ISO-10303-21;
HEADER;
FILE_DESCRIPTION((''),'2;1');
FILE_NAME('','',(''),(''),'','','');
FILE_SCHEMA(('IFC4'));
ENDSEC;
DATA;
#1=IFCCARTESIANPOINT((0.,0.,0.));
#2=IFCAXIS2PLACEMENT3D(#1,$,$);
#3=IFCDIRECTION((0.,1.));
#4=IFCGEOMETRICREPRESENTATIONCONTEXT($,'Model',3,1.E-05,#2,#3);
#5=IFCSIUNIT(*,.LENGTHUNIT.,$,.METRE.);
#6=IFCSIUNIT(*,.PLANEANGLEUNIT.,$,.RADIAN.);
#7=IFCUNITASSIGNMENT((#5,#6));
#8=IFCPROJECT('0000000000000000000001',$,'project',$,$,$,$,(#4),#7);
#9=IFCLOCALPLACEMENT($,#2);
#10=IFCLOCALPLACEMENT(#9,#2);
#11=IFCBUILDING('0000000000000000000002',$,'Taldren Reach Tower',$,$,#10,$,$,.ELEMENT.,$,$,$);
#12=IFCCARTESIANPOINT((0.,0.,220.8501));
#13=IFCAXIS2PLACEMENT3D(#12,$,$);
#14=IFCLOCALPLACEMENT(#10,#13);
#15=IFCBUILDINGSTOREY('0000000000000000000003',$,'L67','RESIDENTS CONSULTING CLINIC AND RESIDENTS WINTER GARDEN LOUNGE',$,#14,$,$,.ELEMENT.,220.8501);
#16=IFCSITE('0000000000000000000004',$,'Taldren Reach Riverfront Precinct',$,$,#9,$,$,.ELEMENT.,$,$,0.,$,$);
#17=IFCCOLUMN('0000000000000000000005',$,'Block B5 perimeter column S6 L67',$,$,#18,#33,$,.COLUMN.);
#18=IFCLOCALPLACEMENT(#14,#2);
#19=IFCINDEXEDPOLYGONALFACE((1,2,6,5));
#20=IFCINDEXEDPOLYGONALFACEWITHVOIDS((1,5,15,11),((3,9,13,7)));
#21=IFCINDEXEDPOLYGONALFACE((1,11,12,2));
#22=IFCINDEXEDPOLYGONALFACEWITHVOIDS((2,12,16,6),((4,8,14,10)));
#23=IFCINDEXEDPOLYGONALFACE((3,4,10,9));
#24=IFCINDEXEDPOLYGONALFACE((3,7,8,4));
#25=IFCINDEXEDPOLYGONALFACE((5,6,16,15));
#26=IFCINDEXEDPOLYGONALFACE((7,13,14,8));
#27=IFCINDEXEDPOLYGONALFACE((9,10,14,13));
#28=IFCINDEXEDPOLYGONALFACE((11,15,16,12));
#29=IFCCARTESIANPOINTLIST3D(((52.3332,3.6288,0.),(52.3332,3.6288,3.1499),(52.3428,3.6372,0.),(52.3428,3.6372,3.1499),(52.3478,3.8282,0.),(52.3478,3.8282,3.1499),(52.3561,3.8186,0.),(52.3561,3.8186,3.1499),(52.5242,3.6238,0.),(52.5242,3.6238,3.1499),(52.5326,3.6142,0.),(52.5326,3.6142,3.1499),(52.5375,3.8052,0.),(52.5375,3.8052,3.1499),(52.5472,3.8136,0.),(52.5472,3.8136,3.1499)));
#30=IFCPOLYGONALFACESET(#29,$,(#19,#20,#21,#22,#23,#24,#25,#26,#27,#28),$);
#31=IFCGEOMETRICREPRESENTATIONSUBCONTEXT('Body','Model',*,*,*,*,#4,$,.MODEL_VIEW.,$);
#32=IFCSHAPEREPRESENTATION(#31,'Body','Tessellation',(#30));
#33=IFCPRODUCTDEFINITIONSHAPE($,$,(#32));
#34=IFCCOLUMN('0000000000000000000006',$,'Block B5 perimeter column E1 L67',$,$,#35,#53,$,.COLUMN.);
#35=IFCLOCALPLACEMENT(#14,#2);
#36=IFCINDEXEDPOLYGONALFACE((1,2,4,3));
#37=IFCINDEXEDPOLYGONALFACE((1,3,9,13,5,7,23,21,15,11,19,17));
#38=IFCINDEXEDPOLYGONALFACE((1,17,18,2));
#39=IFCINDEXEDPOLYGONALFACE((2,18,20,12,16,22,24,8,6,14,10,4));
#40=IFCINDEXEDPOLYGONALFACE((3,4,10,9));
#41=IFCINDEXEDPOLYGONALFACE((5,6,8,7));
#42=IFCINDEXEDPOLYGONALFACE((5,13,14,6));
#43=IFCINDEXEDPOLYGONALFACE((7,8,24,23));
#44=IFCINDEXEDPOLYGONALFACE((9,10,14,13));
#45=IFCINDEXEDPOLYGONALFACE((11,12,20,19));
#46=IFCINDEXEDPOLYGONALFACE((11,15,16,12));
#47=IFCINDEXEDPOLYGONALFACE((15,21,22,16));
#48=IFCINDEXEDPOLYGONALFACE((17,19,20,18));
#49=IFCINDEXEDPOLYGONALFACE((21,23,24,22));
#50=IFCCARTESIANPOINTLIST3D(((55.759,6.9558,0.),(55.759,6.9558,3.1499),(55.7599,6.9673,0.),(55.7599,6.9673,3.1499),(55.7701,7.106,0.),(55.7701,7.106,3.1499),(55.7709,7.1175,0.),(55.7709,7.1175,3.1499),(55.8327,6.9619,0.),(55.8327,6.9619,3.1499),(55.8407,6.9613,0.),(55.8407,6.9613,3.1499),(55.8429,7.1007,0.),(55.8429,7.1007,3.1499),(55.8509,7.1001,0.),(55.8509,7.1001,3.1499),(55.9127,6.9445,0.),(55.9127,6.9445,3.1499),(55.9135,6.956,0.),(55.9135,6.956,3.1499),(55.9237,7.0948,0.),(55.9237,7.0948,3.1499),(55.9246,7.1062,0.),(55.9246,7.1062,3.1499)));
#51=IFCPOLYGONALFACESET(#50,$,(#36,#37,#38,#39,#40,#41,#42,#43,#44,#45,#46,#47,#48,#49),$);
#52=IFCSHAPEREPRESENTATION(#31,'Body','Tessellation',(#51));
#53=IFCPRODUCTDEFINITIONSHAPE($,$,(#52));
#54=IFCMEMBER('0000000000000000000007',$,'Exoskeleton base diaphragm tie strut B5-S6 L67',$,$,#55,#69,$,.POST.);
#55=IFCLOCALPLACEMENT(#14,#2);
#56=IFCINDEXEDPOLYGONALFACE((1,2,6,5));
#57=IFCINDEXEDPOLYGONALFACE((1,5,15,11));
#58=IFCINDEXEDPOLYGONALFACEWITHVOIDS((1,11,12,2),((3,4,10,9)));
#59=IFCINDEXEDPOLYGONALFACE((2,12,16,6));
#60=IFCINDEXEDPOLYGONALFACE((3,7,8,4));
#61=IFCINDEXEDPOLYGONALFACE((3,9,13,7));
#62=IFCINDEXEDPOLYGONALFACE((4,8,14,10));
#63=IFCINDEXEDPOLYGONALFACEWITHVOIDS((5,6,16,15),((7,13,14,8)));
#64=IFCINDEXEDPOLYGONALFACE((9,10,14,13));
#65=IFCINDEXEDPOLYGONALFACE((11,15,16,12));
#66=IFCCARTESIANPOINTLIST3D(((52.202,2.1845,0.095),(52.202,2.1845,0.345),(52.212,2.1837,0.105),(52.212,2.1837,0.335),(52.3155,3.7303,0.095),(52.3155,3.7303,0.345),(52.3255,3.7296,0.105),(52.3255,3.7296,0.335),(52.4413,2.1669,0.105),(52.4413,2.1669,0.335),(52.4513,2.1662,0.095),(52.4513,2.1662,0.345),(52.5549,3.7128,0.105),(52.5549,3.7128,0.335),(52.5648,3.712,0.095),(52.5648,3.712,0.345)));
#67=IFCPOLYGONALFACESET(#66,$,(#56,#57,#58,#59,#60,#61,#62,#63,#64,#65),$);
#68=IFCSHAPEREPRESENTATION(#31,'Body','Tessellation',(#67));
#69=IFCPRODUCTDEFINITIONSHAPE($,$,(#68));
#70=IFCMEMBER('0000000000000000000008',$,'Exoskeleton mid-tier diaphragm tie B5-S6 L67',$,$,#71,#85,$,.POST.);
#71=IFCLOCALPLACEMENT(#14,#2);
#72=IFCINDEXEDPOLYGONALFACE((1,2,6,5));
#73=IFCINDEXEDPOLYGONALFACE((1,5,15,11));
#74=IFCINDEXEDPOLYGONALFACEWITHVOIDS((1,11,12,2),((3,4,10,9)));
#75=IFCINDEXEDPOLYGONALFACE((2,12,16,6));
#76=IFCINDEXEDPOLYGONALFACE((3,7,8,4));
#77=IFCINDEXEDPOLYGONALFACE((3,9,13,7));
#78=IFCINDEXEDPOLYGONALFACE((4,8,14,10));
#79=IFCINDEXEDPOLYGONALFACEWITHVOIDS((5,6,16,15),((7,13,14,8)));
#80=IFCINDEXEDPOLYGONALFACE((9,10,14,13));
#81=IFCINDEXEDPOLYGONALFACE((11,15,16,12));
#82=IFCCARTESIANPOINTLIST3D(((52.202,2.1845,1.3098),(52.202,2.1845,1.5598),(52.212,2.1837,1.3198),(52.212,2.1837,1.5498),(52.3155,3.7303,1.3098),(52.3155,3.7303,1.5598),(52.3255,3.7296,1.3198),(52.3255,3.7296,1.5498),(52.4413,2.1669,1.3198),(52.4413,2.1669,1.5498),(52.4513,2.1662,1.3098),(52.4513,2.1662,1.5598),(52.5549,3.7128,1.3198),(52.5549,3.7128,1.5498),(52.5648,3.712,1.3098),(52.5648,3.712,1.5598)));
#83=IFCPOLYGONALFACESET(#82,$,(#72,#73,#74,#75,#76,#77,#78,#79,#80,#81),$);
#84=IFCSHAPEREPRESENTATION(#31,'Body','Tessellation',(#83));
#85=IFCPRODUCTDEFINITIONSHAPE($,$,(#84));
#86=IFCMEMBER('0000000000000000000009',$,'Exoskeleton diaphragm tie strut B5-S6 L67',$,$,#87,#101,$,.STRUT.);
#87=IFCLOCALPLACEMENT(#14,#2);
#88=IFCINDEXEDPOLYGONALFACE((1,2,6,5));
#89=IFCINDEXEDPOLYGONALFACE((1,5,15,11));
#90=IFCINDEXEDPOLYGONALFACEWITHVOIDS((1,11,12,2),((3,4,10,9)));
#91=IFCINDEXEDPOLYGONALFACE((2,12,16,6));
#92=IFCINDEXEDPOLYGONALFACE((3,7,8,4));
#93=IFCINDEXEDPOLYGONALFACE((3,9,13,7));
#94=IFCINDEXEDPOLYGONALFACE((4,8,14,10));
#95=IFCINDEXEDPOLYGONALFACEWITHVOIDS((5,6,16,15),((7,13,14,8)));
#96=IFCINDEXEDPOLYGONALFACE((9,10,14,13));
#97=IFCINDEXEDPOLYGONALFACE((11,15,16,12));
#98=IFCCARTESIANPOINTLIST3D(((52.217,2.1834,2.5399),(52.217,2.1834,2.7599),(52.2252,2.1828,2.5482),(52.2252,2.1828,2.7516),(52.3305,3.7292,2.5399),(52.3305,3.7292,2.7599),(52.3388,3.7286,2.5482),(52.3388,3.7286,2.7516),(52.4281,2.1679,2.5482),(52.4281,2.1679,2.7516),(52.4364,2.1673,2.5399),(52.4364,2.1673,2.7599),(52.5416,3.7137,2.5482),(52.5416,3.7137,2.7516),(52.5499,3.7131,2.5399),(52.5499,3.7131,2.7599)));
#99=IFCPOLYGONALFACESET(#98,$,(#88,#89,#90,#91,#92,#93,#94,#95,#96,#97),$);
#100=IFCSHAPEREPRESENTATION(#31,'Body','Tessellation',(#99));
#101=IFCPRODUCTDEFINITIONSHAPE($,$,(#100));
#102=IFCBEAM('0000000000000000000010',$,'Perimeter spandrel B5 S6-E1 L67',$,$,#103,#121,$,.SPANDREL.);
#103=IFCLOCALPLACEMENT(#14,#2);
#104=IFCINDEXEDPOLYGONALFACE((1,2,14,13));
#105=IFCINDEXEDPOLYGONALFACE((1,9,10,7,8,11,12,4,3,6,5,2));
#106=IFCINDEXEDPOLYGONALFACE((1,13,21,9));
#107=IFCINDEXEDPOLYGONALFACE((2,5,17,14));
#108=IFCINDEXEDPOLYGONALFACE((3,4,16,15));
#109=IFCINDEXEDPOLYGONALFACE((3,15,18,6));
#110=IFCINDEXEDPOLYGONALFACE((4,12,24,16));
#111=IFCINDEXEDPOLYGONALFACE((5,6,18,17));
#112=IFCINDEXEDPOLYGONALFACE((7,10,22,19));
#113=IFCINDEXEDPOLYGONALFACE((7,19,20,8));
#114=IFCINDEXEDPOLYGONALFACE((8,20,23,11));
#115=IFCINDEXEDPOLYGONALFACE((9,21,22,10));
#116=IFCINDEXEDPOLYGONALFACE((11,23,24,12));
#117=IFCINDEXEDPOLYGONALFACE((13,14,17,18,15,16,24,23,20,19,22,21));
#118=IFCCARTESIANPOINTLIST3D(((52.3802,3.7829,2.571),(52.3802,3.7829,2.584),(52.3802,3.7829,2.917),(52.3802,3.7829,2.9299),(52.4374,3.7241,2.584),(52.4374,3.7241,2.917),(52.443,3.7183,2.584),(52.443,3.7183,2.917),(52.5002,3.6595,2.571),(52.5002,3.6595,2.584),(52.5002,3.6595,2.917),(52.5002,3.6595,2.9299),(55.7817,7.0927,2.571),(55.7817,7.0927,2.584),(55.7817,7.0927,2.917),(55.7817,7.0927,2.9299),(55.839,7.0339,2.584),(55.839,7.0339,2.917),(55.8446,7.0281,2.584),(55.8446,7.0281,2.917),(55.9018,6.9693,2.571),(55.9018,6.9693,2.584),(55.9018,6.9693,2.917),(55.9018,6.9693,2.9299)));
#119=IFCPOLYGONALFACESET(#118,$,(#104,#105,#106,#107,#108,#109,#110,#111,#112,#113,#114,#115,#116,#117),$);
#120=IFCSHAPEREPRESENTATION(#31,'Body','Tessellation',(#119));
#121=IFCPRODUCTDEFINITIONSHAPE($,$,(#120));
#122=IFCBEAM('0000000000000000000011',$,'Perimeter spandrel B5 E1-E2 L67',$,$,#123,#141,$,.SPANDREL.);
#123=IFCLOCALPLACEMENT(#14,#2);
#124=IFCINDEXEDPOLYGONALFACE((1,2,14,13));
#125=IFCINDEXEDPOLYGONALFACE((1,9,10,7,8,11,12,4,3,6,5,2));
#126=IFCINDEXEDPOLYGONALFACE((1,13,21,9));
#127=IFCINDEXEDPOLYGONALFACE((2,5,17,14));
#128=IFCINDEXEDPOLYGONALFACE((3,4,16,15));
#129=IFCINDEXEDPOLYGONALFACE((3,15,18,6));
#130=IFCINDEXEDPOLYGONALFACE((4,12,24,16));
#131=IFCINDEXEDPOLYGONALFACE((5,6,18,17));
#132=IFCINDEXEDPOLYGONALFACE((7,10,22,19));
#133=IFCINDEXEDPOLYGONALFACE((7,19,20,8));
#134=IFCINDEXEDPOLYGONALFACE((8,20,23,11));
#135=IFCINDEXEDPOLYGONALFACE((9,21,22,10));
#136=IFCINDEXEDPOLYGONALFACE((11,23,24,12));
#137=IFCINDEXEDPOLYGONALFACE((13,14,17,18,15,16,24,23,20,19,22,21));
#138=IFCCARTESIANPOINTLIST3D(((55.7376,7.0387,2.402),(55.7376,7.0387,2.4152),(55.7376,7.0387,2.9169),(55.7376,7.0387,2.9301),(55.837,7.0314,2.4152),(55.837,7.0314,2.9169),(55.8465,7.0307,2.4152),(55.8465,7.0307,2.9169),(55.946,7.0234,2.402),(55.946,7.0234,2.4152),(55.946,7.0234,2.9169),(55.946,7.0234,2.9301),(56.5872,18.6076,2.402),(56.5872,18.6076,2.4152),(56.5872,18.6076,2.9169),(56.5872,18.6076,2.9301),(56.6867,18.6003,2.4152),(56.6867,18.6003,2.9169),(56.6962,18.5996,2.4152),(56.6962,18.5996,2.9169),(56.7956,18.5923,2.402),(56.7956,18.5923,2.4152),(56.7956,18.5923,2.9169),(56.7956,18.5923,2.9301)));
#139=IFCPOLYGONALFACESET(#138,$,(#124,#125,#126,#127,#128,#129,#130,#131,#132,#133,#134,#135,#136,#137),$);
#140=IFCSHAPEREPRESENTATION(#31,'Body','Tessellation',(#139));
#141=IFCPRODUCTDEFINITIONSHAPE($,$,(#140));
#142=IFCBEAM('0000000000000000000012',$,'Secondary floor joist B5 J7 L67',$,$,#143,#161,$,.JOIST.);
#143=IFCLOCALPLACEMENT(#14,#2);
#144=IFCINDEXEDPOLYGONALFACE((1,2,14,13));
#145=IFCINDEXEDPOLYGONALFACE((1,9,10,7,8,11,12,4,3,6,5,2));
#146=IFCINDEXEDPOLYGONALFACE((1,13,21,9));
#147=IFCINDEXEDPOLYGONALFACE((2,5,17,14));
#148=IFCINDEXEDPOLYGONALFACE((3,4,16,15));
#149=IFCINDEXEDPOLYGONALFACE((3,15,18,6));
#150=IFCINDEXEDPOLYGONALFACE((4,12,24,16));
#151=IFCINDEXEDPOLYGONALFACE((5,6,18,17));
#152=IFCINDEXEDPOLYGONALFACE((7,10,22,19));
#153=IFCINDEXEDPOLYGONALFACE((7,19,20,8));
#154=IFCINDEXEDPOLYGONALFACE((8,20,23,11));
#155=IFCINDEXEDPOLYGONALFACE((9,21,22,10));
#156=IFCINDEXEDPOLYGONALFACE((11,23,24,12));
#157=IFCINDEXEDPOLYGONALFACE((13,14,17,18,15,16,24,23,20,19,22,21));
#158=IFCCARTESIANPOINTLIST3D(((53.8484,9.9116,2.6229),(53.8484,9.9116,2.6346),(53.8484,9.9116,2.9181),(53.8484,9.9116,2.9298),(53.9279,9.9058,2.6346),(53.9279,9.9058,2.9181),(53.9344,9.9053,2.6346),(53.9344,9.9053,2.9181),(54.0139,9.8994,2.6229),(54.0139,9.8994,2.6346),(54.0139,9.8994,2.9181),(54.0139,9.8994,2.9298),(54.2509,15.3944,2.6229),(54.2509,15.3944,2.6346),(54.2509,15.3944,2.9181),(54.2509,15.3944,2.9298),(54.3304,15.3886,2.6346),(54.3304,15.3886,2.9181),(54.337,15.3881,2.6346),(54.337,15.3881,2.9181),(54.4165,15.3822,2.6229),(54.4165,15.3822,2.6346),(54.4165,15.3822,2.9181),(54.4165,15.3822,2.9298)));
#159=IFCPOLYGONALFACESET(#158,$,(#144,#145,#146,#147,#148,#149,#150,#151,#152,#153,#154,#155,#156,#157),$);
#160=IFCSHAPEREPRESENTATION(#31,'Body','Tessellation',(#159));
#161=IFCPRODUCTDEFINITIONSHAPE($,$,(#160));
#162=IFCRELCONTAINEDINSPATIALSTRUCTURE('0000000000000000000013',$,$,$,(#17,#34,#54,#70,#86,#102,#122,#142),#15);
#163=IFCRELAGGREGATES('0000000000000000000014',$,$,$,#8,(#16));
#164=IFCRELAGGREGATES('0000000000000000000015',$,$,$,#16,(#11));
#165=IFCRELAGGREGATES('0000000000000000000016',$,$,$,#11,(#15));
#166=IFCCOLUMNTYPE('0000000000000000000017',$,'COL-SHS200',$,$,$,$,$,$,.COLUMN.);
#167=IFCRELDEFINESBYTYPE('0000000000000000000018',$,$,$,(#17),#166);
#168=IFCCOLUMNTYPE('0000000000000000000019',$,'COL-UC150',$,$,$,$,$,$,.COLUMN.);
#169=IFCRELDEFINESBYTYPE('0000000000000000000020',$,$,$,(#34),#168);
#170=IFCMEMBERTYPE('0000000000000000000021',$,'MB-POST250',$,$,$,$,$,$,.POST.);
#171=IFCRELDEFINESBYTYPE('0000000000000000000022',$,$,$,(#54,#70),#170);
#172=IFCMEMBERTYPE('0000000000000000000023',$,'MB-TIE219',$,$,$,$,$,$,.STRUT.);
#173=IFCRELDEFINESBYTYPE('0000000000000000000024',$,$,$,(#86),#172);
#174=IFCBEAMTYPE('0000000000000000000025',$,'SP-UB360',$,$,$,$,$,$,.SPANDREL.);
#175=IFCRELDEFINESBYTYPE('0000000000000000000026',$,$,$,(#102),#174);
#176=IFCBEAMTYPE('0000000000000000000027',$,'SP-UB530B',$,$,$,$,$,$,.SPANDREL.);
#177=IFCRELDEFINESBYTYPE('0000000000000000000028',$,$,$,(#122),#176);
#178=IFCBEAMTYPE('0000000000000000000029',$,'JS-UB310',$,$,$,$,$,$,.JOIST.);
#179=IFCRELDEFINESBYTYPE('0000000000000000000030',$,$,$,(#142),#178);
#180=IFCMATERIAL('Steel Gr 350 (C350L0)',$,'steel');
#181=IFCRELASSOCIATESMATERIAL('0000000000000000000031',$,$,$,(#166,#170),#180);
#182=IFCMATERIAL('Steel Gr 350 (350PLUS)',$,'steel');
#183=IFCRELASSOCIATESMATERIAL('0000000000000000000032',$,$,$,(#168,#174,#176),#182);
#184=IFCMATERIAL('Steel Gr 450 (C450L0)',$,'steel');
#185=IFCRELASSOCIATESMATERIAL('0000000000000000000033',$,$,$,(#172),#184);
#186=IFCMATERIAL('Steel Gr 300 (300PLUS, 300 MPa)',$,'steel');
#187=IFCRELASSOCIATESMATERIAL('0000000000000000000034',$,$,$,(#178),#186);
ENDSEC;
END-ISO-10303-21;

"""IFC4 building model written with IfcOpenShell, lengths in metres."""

from ifc_helpers import new_model, si_unit, direction, frame, origin, origin_2d, place, context, subcontext, project, spatial, hollow_rectangle, i_section, extrude, source, transform, mapped, material, material_profile, profile_set, type_object, element, save


model = new_model("IFC4")

# Units and contexts
model_context = context("Model", 3, precision=1e-05, world=origin(), true_north=direction((0.0, 1.0)))
body_context = subcontext(model_context, "Body", "Model", "MODEL_VIEW")
ifc_project = project(units=[si_unit("LENGTHUNIT", "METRE"), si_unit("PLANEANGLEUNIT", "RADIAN")], contexts=[model_context])

# Site, building, storey
site_placement = place(None, origin())
site = spatial("IfcSite", under=ifc_project, at=site_placement, Name="Taldren Reach Riverfront Precinct", CompositionType="ELEMENT", RefElevation=0.0)
building_placement = place(site_placement, origin())
building = spatial("IfcBuilding", under=site, at=building_placement, Name="Taldren Reach Tower", CompositionType="ELEMENT")
storey_placement = place(building_placement, frame((0.0, 0.0, 220.8501)))
storey = spatial("IfcBuildingStorey", under=building, at=storey_placement, Name="L67", Description="RESIDENTS CONSULTING CLINIC AND RESIDENTS WINTER GARDEN LOUNGE", CompositionType="ELEMENT", Elevation=220.8501)

# Columns
ifc_material_1 = material(Name="Steel Gr 350 (C350L0)", Category="steel")
ifc_material_profile_1 = material_profile(ifc_material_1, hollow_rectangle(XDim=0.2, YDim=0.2, WallThickness=0.009, at=origin_2d()), Name="200x200x9.0SHS")
ifc_profile_set_1 = profile_set([ifc_material_profile_1], Name="Steel Gr 350 (C350L0)")
column_type_1 = type_object("IfcColumnType", Name="COL-SHS200", PredefinedType="COLUMN", material=ifc_profile_set_1)
shared_shape_1 = source(origin(), body_context, "Body", "SweptSolid", [
    extrude(hollow_rectangle(XDim=0.2, YDim=0.2, WallThickness=0.009, at=origin_2d()), origin(), (0.0, 0.0, 1.0), 3.1499),
])
column_1_placement = place(storey_placement, frame((52.4402, 3.7212, 0.0), z_axis=(0.0, 0.0, 1.0), x_axis=(0.997314, -0.073238, 0.0)))
element("IfcColumn", 1, at=column_1_placement, inside=storey, type_object=column_type_1, Name="Block B5 perimeter column S6 L67", PredefinedType="COLUMN", context=body_context, shape_type="MappedRepresentation", body=[
    mapped(shared_shape_1, transform((0.0, 0.0, 0.0), scale=1.0)),
])
ifc_material_2 = material(Name="Steel Gr 350 (350PLUS)", Category="steel")
ifc_material_profile_2 = material_profile(ifc_material_2, i_section(OverallWidth=0.1541, OverallDepth=0.1621, WebThickness=0.0081, FlangeThickness=0.0115, at=origin_2d()), Name="150UC37.2")
ifc_profile_set_2 = profile_set([ifc_material_profile_2], Name="Steel Gr 350 (350PLUS)")
column_type_2 = type_object("IfcColumnType", Name="COL-UC150", PredefinedType="COLUMN", material=ifc_profile_set_2)
shared_shape_2 = source(origin(), body_context, "Body", "SweptSolid", [
    extrude(i_section(OverallWidth=0.1541, OverallDepth=0.1621, WebThickness=0.0081, FlangeThickness=0.0115, at=origin_2d()), origin(), (0.0, 0.0, 1.0), 3.1499),
])
column_2_placement = place(storey_placement, frame((55.8418, 7.031, 0.0), z_axis=(0.0, 0.0, 1.0), x_axis=(0.997314, -0.073238, 0.0)))
element("IfcColumn", 2, at=column_2_placement, inside=storey, type_object=column_type_2, Name="Block B5 perimeter column E1 L67", PredefinedType="COLUMN", context=body_context, shape_type="MappedRepresentation", body=[
    mapped(shared_shape_2, transform((0.0, 0.0, 0.0), scale=1.0)),
])

# Members
ifc_material_profile_3 = material_profile(ifc_material_1, hollow_rectangle(XDim=0.25, YDim=0.25, WallThickness=0.01, at=origin_2d()), Name="250x250x10.0SHS")
ifc_profile_set_3 = profile_set([ifc_material_profile_3], Name="Steel Gr 350 (C350L0)")
member_type_1 = type_object("IfcMemberType", Name="MB-POST250", PredefinedType="POST", material=ifc_profile_set_3)
shared_shape_3 = source(origin(), body_context, "Body", "SweptSolid", [
    extrude(hollow_rectangle(XDim=0.25, YDim=0.25, WallThickness=0.01, at=origin_2d()), origin(), (0.0, 0.0, 1.0), 1.55),
])
for number, where, z_axis, x_axis, name in (
    (3, (52.4402, 3.7212, 0.22), (-0.073239, -0.997314, 0.0), (0.997314, -0.073239, 0.0), "Exoskeleton base diaphragm tie strut B5-S6 L67"),
    (4, (52.4402, 3.7212, 1.4348), (-0.073239, -0.997314, 0.0), (0.997314, -0.073239, 0.0), "Exoskeleton mid-tier diaphragm tie B5-S6 L67"),
):
    element("IfcMember", number, at=place(storey_placement, frame(where, z_axis=z_axis, x_axis=x_axis)), inside=storey, type_object=member_type_1, Name=name, PredefinedType="POST", context=body_context, shape_type="MappedRepresentation", body=[
        mapped(shared_shape_3, transform((0.0, 0.0, 0.0), scale=1.0)),
    ])
ifc_material_3 = material(Name="Steel Gr 450 (C450L0)", Category="steel")
ifc_material_profile_4 = material_profile(ifc_material_3, hollow_rectangle(XDim=0.22, YDim=0.22, WallThickness=0.0083, at=origin_2d()), Name="220x220x8.2SHS")
ifc_profile_set_4 = profile_set([ifc_material_profile_4], Name="Steel Gr 450 (C450L0)")
member_type_2 = type_object("IfcMemberType", Name="MB-TIE219", PredefinedType="STRUT", material=ifc_profile_set_4)
shared_shape_4 = source(origin(), body_context, "Body", "SweptSolid", [
    extrude(hollow_rectangle(XDim=0.22, YDim=0.22, WallThickness=0.0083, at=origin_2d()), origin(), (0.0, 0.0, 1.0), 1.55),
])
member_1_placement = place(storey_placement, frame((52.4402, 3.7212, 2.6499), z_axis=(-0.073239, -0.997314, 0.0), x_axis=(0.997314, -0.073239, 0.0)))
element("IfcMember", 5, at=member_1_placement, inside=storey, type_object=member_type_2, Name="Exoskeleton diaphragm tie strut B5-S6 L67", PredefinedType="STRUT", context=body_context, shape_type="MappedRepresentation", body=[
    mapped(shared_shape_4, transform((0.0, 0.0, 0.0), scale=1.0)),
])

# Beams
ifc_material_profile_5 = material_profile(ifc_material_2, i_section(OverallWidth=0.1721, OverallDepth=0.3589, WebThickness=0.0081, FlangeThickness=0.0129, at=origin_2d()), Name="360UB56.7")
ifc_profile_set_5 = profile_set([ifc_material_profile_5], Name="Steel Gr 350 (350PLUS)")
beam_type_1 = type_object("IfcBeamType", Name="SP-UB360", PredefinedType="SPANDREL", material=ifc_profile_set_5)
shared_shape_5 = source(origin(), body_context, "Body", "SweptSolid", [
    extrude(i_section(OverallWidth=0.1721, OverallDepth=0.3589, WebThickness=0.0081, FlangeThickness=0.0129, at=origin_2d()), origin(), (0.0, 0.0, 1.0), 4.7461),
])
beam_1_placement = place(storey_placement, frame((52.4402, 3.7212, 2.7505), z_axis=(0.716711, 0.69737, 0.0), x_axis=(-0.69737, 0.716711, 0.0)))
element("IfcBeam", 6, at=beam_1_placement, inside=storey, type_object=beam_type_1, Name="Perimeter spandrel B5 S6-E1 L67", PredefinedType="SPANDREL", context=body_context, shape_type="MappedRepresentation", body=[
    mapped(shared_shape_5, transform((0.0, 0.0, 0.0), scale=1.0)),
])
ifc_material_profile_6 = material_profile(ifc_material_2, i_section(OverallWidth=0.209, OverallDepth=0.5281, WebThickness=0.0095, FlangeThickness=0.0132, at=origin_2d()), Name="530UB82.0")
ifc_profile_set_6 = profile_set([ifc_material_profile_6], Name="Steel Gr 350 (350PLUS)")
beam_type_2 = type_object("IfcBeamType", Name="SP-UB530B", PredefinedType="SPANDREL", material=ifc_profile_set_6)
shared_shape_6 = source(origin(), body_context, "Body", "SweptSolid", [
    extrude(i_section(OverallWidth=0.209, OverallDepth=0.5281, WebThickness=0.0095, FlangeThickness=0.0132, at=origin_2d()), origin(), (0.0, 0.0, 1.0), 11.6001),
])
beam_2_placement = place(storey_placement, frame((55.8418, 7.031, 2.666), z_axis=(0.073242, 0.997314, 0.0), x_axis=(-0.997314, 0.073242, 0.0)))
element("IfcBeam", 7, at=beam_2_placement, inside=storey, type_object=beam_type_2, Name="Perimeter spandrel B5 E1-E2 L67", PredefinedType="SPANDREL", context=body_context, shape_type="MappedRepresentation", body=[
    mapped(shared_shape_6, transform((0.0, 0.0, 0.0), scale=1.0)),
])
ifc_material_4 = material(Name="Steel Gr 300 (300PLUS, 300 MPa)", Category="steel")
ifc_material_profile_7 = material_profile(ifc_material_4, i_section(OverallWidth=0.166, OverallDepth=0.3069, WebThickness=0.0066, FlangeThickness=0.0117, at=origin_2d()), Name="310UB46.2")
ifc_profile_set_7 = profile_set([ifc_material_profile_7], Name="Steel Gr 300 (300PLUS, 300 MPa)")
beam_type_3 = type_object("IfcBeamType", Name="JS-UB310", PredefinedType="JOIST", material=ifc_profile_set_7)
shared_shape_7 = source(origin(), body_context, "Body", "SweptSolid", [
    extrude(i_section(OverallWidth=0.166, OverallDepth=0.3069, WebThickness=0.0066, FlangeThickness=0.0117, at=origin_2d()), origin(), (0.0, 0.0, 1.0), 5.4976),
])
beam_3_placement = place(storey_placement, frame((53.9312, 9.9055, 2.7764), z_axis=(0.073229, 0.997315, 0.0), x_axis=(-0.997315, 0.073229, 0.0)))
element("IfcBeam", 8, at=beam_3_placement, inside=storey, type_object=beam_type_3, Name="Secondary floor joist B5 J7 L67", PredefinedType="JOIST", context=body_context, shape_type="MappedRepresentation", body=[
    mapped(shared_shape_7, transform((0.0, 0.0, 0.0), scale=1.0)),
])

save(model, "model.ifc")
